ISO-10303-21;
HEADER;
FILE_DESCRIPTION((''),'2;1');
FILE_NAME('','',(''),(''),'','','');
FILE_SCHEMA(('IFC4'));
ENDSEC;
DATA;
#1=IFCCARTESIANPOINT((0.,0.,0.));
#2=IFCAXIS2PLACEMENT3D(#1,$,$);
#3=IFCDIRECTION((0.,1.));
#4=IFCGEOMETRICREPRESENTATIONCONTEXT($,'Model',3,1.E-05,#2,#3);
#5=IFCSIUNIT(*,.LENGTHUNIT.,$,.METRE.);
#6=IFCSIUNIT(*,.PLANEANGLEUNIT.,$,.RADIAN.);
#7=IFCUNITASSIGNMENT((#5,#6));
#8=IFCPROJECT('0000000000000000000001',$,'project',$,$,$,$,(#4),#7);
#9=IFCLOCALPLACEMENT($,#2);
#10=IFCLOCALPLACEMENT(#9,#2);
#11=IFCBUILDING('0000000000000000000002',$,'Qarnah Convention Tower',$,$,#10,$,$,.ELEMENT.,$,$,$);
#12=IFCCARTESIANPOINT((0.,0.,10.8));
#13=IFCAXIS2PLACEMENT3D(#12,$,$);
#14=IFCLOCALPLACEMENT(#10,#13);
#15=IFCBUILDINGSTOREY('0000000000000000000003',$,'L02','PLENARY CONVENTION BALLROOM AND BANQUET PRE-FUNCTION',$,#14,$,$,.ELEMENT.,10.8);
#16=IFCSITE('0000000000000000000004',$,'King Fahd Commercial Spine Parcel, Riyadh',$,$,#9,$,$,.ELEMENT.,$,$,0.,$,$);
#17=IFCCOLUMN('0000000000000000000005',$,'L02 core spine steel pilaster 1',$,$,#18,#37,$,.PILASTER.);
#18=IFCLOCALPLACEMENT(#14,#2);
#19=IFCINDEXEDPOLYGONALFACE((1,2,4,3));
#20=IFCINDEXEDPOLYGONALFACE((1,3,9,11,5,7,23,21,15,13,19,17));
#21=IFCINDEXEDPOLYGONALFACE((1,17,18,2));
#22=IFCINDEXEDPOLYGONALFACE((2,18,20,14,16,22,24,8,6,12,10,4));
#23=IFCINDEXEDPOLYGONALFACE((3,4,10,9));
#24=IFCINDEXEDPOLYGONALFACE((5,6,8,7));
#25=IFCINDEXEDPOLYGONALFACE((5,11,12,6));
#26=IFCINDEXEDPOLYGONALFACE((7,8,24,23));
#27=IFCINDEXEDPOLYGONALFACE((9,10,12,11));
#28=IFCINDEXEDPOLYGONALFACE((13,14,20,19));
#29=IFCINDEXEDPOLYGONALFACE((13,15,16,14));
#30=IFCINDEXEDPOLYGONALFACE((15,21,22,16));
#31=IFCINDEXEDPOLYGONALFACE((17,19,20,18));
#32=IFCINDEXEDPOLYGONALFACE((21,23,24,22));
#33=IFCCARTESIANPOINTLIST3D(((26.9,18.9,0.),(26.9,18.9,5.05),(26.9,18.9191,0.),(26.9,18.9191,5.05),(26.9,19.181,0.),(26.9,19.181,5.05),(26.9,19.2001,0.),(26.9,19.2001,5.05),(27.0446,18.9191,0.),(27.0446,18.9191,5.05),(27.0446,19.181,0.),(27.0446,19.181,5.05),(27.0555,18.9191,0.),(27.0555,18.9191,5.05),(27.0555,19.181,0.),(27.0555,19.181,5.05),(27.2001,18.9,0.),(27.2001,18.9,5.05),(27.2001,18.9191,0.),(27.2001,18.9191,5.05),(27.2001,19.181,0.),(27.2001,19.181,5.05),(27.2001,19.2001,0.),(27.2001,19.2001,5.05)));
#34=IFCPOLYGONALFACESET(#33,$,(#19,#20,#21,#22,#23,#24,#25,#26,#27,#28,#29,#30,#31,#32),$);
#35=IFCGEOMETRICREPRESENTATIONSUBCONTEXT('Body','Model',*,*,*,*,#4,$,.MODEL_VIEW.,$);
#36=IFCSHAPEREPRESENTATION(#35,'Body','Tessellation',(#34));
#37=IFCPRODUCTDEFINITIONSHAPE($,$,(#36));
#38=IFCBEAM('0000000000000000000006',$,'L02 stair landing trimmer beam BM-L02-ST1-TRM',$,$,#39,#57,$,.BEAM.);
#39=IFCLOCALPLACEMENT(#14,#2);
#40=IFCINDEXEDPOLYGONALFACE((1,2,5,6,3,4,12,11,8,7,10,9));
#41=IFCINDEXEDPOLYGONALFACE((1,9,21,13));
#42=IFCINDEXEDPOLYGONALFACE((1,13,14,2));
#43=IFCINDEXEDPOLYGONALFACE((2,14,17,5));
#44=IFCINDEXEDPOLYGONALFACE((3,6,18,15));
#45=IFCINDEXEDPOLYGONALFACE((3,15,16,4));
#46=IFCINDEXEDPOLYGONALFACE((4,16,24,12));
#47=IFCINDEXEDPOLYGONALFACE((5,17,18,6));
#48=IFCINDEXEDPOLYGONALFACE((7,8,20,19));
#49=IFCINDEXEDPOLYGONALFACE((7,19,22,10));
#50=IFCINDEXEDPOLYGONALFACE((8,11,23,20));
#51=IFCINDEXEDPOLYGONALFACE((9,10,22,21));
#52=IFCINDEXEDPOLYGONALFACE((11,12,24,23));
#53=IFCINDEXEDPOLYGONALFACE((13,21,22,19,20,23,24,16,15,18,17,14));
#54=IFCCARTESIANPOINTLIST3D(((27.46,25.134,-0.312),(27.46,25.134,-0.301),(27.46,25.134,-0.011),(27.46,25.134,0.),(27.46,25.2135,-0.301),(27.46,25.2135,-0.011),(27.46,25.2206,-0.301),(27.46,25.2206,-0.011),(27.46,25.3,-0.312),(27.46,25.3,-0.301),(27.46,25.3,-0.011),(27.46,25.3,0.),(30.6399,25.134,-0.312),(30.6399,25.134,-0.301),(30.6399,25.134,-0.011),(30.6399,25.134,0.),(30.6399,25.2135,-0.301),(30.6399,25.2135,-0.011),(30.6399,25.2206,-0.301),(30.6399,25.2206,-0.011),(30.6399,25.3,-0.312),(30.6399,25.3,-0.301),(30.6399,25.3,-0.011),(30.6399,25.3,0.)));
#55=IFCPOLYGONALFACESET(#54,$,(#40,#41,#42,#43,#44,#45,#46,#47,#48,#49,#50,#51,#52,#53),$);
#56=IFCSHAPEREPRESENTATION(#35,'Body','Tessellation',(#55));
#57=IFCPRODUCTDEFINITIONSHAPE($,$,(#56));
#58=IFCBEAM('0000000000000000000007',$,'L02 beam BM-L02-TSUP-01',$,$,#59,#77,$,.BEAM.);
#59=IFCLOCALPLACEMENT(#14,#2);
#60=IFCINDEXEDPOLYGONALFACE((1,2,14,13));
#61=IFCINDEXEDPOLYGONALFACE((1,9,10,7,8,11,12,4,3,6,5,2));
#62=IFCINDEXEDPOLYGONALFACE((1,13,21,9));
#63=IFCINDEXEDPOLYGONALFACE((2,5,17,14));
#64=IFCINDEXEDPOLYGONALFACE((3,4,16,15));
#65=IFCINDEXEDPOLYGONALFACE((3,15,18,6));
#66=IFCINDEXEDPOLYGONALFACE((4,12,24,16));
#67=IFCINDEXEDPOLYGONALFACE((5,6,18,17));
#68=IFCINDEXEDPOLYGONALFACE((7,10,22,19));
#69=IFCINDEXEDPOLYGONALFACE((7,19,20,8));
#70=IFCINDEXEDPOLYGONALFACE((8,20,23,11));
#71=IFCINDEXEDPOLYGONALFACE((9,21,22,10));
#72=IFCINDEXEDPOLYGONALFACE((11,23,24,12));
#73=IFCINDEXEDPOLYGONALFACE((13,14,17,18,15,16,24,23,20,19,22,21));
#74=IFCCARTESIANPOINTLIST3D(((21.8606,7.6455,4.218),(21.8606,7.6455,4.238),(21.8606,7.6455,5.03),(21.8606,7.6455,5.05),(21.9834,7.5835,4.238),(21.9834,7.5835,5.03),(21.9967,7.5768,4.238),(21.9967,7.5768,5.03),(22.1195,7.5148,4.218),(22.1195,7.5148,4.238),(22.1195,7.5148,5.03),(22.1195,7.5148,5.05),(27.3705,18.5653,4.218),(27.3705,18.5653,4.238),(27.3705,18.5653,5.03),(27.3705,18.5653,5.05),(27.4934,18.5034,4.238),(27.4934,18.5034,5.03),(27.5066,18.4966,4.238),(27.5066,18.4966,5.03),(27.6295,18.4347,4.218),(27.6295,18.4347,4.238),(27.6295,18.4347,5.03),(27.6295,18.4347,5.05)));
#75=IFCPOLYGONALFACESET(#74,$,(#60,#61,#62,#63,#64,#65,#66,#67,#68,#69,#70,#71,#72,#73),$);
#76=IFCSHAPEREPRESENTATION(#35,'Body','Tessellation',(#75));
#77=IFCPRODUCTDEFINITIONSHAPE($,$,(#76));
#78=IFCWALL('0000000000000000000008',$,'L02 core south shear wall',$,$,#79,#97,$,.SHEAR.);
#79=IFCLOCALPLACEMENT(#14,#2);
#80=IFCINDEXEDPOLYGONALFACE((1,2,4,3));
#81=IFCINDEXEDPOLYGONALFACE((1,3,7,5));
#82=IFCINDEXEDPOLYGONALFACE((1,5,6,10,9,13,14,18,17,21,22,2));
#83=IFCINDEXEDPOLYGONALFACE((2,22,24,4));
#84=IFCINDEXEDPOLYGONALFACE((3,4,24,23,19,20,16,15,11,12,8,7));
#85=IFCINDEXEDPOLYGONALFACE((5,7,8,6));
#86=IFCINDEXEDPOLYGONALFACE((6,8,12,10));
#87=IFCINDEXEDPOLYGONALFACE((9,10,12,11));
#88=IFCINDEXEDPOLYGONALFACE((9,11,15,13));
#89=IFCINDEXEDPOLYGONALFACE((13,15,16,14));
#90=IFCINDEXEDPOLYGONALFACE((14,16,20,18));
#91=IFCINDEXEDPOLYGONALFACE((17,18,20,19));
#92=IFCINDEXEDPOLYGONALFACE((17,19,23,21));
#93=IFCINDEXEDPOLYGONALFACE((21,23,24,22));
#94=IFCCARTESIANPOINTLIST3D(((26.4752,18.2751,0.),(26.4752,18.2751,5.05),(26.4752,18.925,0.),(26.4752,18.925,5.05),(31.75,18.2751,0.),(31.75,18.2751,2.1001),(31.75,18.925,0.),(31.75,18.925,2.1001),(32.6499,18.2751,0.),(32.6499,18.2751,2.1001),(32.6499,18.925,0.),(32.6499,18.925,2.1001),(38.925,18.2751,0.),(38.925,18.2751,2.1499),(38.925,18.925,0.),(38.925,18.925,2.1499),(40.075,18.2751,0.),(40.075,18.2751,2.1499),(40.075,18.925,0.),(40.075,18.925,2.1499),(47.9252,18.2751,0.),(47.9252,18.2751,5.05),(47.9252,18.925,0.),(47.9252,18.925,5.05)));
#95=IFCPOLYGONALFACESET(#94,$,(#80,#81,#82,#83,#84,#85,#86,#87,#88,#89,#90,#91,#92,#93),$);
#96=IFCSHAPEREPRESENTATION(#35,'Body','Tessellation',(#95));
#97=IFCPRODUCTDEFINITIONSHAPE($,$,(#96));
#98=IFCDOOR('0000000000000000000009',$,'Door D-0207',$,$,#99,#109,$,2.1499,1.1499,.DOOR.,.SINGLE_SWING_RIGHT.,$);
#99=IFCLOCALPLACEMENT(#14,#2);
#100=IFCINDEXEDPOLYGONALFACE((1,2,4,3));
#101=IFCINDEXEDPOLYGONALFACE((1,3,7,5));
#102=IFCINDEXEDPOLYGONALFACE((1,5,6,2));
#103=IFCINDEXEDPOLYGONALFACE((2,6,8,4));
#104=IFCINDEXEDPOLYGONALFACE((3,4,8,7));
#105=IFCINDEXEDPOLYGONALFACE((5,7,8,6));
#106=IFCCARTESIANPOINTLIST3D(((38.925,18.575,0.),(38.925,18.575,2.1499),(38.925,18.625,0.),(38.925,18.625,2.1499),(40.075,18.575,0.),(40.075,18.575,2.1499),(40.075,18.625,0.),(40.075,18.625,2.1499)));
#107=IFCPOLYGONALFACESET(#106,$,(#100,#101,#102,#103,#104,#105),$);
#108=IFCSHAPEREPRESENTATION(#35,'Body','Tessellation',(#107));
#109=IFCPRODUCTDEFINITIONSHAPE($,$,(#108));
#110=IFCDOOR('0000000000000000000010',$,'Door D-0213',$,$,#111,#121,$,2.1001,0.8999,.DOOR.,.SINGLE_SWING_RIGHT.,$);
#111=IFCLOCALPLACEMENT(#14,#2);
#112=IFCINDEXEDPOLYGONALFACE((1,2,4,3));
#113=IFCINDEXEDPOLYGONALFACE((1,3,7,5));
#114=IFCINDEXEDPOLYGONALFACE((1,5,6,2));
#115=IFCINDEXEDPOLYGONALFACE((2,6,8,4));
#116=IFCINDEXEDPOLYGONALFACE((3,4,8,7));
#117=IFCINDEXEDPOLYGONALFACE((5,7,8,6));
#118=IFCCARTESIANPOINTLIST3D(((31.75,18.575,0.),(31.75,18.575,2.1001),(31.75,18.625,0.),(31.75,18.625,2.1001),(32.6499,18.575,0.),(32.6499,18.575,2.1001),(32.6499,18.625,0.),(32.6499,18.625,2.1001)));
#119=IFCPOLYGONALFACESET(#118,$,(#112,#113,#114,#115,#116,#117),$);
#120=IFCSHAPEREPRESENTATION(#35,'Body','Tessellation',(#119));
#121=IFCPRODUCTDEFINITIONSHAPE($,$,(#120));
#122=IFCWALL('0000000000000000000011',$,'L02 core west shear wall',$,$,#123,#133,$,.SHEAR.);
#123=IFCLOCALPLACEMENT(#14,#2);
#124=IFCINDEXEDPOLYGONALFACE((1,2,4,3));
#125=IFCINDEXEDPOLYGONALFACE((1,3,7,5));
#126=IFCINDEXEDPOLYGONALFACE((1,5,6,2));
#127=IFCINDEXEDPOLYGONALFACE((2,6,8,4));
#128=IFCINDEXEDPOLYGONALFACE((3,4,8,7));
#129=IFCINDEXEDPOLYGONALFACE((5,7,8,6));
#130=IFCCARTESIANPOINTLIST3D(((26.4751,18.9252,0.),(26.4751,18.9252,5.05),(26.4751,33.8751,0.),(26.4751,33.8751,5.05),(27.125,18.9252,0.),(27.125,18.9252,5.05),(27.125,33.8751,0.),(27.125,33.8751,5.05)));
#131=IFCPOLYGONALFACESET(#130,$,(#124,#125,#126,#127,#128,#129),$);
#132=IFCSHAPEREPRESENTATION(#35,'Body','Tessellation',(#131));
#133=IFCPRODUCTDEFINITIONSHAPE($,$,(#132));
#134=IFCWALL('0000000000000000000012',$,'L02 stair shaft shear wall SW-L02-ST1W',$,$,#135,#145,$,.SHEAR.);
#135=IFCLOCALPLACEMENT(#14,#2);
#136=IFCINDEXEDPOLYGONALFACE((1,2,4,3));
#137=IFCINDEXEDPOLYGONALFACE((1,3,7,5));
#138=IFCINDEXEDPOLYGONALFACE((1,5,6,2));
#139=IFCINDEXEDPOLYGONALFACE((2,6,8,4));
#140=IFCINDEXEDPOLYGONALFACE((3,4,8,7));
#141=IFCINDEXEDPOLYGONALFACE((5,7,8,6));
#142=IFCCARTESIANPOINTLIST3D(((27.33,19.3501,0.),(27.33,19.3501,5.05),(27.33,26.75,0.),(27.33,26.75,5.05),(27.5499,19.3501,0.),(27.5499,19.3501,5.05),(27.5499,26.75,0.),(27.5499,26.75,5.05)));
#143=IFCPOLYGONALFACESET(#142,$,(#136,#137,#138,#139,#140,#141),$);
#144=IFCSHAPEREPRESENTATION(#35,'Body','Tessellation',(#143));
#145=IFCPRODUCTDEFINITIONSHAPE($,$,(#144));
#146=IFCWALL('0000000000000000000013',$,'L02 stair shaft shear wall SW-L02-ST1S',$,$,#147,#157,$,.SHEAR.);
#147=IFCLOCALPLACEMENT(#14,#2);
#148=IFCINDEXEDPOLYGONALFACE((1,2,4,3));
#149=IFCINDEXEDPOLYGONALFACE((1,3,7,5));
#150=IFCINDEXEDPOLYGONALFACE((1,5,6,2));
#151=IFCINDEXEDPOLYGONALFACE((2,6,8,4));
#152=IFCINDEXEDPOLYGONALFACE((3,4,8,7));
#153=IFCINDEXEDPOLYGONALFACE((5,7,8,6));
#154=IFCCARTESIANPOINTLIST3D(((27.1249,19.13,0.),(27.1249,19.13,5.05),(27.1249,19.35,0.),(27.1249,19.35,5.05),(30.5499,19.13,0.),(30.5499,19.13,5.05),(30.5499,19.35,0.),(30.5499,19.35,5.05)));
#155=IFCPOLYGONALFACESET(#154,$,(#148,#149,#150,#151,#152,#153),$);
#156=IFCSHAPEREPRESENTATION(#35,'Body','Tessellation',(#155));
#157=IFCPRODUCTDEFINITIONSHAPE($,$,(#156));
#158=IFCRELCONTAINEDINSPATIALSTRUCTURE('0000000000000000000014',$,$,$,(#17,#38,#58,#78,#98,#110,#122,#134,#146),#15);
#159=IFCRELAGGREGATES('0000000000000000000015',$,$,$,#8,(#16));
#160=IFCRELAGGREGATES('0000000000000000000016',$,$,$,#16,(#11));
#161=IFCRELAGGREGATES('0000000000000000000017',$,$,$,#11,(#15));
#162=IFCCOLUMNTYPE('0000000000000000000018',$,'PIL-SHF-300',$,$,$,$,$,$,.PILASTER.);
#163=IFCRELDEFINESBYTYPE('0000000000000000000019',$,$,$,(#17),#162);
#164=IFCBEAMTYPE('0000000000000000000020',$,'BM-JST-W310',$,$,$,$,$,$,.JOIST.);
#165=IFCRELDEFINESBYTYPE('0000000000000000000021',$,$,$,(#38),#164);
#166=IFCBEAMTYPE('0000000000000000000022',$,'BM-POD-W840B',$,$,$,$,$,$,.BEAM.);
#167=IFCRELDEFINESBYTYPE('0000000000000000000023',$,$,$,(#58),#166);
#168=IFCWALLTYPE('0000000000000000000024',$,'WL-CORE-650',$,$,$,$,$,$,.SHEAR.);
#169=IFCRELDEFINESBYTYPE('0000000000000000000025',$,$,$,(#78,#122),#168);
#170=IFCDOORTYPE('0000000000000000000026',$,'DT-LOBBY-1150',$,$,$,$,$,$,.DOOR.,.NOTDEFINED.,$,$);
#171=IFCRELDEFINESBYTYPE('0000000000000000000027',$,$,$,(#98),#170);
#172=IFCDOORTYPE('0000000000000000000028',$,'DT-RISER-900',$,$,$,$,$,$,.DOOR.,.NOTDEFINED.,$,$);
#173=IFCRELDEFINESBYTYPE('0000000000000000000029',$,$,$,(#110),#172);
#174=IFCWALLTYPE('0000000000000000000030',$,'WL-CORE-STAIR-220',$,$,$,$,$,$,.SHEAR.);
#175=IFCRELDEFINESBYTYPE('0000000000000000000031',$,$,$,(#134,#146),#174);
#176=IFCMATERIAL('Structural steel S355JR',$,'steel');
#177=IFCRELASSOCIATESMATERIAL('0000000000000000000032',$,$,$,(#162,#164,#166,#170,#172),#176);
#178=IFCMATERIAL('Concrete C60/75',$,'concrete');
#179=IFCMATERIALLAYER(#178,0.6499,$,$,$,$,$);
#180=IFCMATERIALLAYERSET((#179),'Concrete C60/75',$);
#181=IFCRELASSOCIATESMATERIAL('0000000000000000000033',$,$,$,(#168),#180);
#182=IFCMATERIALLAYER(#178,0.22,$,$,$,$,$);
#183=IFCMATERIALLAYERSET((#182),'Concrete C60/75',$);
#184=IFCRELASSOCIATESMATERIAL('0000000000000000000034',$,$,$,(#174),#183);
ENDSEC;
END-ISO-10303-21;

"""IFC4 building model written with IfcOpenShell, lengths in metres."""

from ifc_helpers import new_model, si_unit, direction, frame, frame_2d, origin, origin_2d, place, context, subcontext, project, spatial, rectangle, i_section, extrude, material, layer, layer_set, material_profile, profile_set, type_object, element, fill, save


model = new_model("IFC4")

# Units and contexts
model_context = context("Model", 3, precision=1e-05, world=origin(), true_north=direction((0.0, 1.0)))
body_context = subcontext(model_context, "Body", "Model", "MODEL_VIEW")
ifc_project = project(units=[si_unit("LENGTHUNIT", "METRE"), si_unit("PLANEANGLEUNIT", "RADIAN")], contexts=[model_context])

# Site, building, storey
site_placement = place(None, origin())
site = spatial("IfcSite", under=ifc_project, at=site_placement, Name="King Fahd Commercial Spine Parcel, Riyadh", CompositionType="ELEMENT", RefElevation=0.0)
building_placement = place(site_placement, origin())
building = spatial("IfcBuilding", under=site, at=building_placement, Name="Qarnah Convention Tower", CompositionType="ELEMENT")
storey_placement = place(building_placement, frame((0.0, 0.0, 10.8)))
storey = spatial("IfcBuildingStorey", under=building, at=storey_placement, Name="L02", Description="PLENARY CONVENTION BALLROOM AND BANQUET PRE-FUNCTION", CompositionType="ELEMENT", Elevation=10.8)

# Column
ifc_material_1 = material(Name="Structural steel S355JR", Category="steel")
ifc_material_profile_1 = material_profile(ifc_material_1, i_section(OverallWidth=0.3, OverallDepth=0.3, WebThickness=0.011, FlangeThickness=0.019, at=origin_2d()), Name="HEB300")
ifc_profile_set_1 = profile_set([ifc_material_profile_1], Name="Structural steel S355JR")
column_type = type_object("IfcColumnType", Name="PIL-SHF-300", PredefinedType="PILASTER", material=ifc_profile_set_1)
column_placement = place(storey_placement, frame((27.05, 19.05, 0.0), z_axis=(0.0, 0.0, 1.0), x_axis=(1.0, 0.0, 0.0)))
element("IfcColumn", 1, at=column_placement, inside=storey, type_object=column_type, Name="L02 core spine steel pilaster 1", PredefinedType="PILASTER", context=body_context, shape_type="SweptSolid", body=[
    extrude(i_section(OverallWidth=0.3, OverallDepth=0.3, WebThickness=0.011, FlangeThickness=0.019, at=origin_2d()), origin(), (0.0, 0.0, 1.0), 5.05),
])

# Beams
ifc_material_profile_2 = material_profile(ifc_material_1, i_section(OverallWidth=0.166, OverallDepth=0.312, WebThickness=0.0071, FlangeThickness=0.011, at=origin_2d()), Name="W310X45")
ifc_profile_set_2 = profile_set([ifc_material_profile_2], Name="Structural steel S355JR")
beam_type_1 = type_object("IfcBeamType", Name="BM-JST-W310", PredefinedType="JOIST", material=ifc_profile_set_2)
beam_1_placement = place(storey_placement, frame((27.46, 25.217, -0.156), z_axis=(1.0, 0.0, 0.0), x_axis=(0.0, 1.0, 0.0)))
element("IfcBeam", 2, at=beam_1_placement, inside=storey, type_object=beam_type_1, Name="L02 stair landing trimmer beam BM-L02-ST1-TRM", PredefinedType="BEAM", context=body_context, shape_type="SweptSolid", body=[
    extrude(i_section(OverallWidth=0.166, OverallDepth=0.312, WebThickness=0.0071, FlangeThickness=0.011, at=origin_2d()), origin(), (0.0, 0.0, 1.0), 3.1799),
])
ifc_material_profile_3 = material_profile(ifc_material_1, i_section(OverallWidth=0.29, OverallDepth=0.832, WebThickness=0.0149, FlangeThickness=0.02, at=origin_2d()), Name="W840X193")
ifc_profile_set_3 = profile_set([ifc_material_profile_3], Name="Structural steel S355JR")
beam_type_2 = type_object("IfcBeamType", Name="BM-POD-W840B", PredefinedType="BEAM", material=ifc_profile_set_3)
beam_2_placement = place(storey_placement, frame((27.5, 18.5, 4.634), z_axis=(-0.450484, -0.892784, 0.0), x_axis=(0.892784, -0.450484, 0.0)))
element("IfcBeam", 3, at=beam_2_placement, inside=storey, type_object=beam_type_2, Name="L02 beam BM-L02-TSUP-01", PredefinedType="BEAM", context=body_context, shape_type="SweptSolid", body=[
    extrude(i_section(OverallWidth=0.29, OverallDepth=0.832, WebThickness=0.0149, FlangeThickness=0.02, at=origin_2d()), origin(), (0.0, 0.0, 1.0), 12.2312),
])

# Wall, openings, doors
ifc_material_2 = material(Name="Concrete C60/75", Category="concrete")
ifc_layer_1 = layer(ifc_material_2, 0.6499)
ifc_layer_set_1 = layer_set([ifc_layer_1], Name="Concrete C60/75")
wall_type_1 = type_object("IfcWallType", Name="WL-CORE-650", PredefinedType="SHEAR", material=ifc_layer_set_1)
wall_1_placement = place(storey_placement, frame((26.4751, 18.6001, 0.0), z_axis=(0.0, 0.0, 1.0), x_axis=(1.0, 0.0, 0.0)))
wall_1 = element("IfcWall", 4, at=wall_1_placement, inside=storey, type_object=wall_type_1, Name="L02 core south shear wall", PredefinedType="SHEAR", context=body_context, shape_type="SweptSolid", body=[
    extrude(rectangle(XDim=21.45, YDim=0.6499, at=frame_2d((10.7251, 0.0))), origin(), (0.0, 0.0, 1.0), 5.05),
])
opening_1_placement = place(wall_1_placement, frame((12.45, 0.0, 0.0)))
opening_1 = element("IfcOpeningElement", 5, at=opening_1_placement, cuts=wall_1, PredefinedType="OPENING", context=body_context, shape_type="SweptSolid", body=[
    extrude(rectangle(XDim=1.1499, YDim=2.1499, at=frame_2d((0.575, 1.075))), frame((0.0, 0.335, 0.0), z_axis=(0.0, -1.0, 0.0), x_axis=(1.0, 0.0, 0.0)), (0.0, 0.0, 1.0), 0.6699),
])
opening_2_placement = place(wall_1_placement, frame((5.2749, 0.0, 0.0)))
opening_2 = element("IfcOpeningElement", 6, at=opening_2_placement, cuts=wall_1, PredefinedType="OPENING", context=body_context, shape_type="SweptSolid", body=[
    extrude(rectangle(XDim=0.8999, YDim=2.1001, at=frame_2d((0.45, 1.05))), frame((0.0, 0.335, 0.0), z_axis=(0.0, -1.0, 0.0), x_axis=(1.0, 0.0, 0.0)), (0.0, 0.0, 1.0), 0.6699),
])
door_type_1 = type_object("IfcDoorType", Name="DT-LOBBY-1150", OperationType="NOTDEFINED", PredefinedType="DOOR", material=ifc_material_1)
door_1_placement = place(opening_1_placement, origin())
door_1 = element("IfcDoor", 7, at=door_1_placement, inside=storey, type_object=door_type_1, Name="Door D-0207", OperationType="SINGLE_SWING_RIGHT", OverallHeight=2.1499, OverallWidth=1.1499, PredefinedType="DOOR", context=body_context, shape_type="SweptSolid", body=[
    extrude(rectangle(XDim=1.1499, YDim=2.1499, at=frame_2d((0.575, 1.075))), frame((0.0, 0.0249, 0.0), z_axis=(0.0, -1.0, 0.0), x_axis=(1.0, 0.0, 0.0)), (0.0, 0.0, 1.0), 0.05),
])
fill(opening_1, door_1)
door_type_2 = type_object("IfcDoorType", Name="DT-RISER-900", OperationType="NOTDEFINED", PredefinedType="DOOR", material=ifc_material_1)
door_2_placement = place(opening_2_placement, origin())
door_2 = element("IfcDoor", 8, at=door_2_placement, inside=storey, type_object=door_type_2, Name="Door D-0213", OperationType="SINGLE_SWING_RIGHT", OverallHeight=2.1001, OverallWidth=0.8999, PredefinedType="DOOR", context=body_context, shape_type="SweptSolid", body=[
    extrude(rectangle(XDim=0.8999, YDim=2.1001, at=frame_2d((0.45, 1.05))), frame((0.0, 0.0249, 0.0), z_axis=(0.0, -1.0, 0.0), x_axis=(1.0, 0.0, 0.0)), (0.0, 0.0, 1.0), 0.05),
])
fill(opening_2, door_2)

# Walls
wall_2_placement = place(storey_placement, frame((26.8, 18.925, 0.0), z_axis=(0.0, 0.0, 1.0), x_axis=(0.0, 1.0, 0.0)))
element("IfcWall", 9, at=wall_2_placement, inside=storey, type_object=wall_type_1, Name="L02 core west shear wall", PredefinedType="SHEAR", context=body_context, shape_type="SweptSolid", body=[
    extrude(rectangle(XDim=14.95, YDim=0.6499, at=frame_2d((7.4751, 0.0))), origin(), (0.0, 0.0, 1.0), 5.05),
])
ifc_layer_2 = layer(ifc_material_2, 0.22)
ifc_layer_set_2 = layer_set([ifc_layer_2], Name="Concrete C60/75")
wall_type_2 = type_object("IfcWallType", Name="WL-CORE-STAIR-220", PredefinedType="SHEAR", material=ifc_layer_set_2)
wall_3_placement = place(storey_placement, frame((27.4399, 19.3501, 0.0), z_axis=(0.0, 0.0, 1.0), x_axis=(0.0, 1.0, 0.0)))
element("IfcWall", 10, at=wall_3_placement, inside=storey, type_object=wall_type_2, Name="L02 stair shaft shear wall SW-L02-ST1W", PredefinedType="SHEAR", context=body_context, shape_type="SweptSolid", body=[
    extrude(rectangle(XDim=7.3999, YDim=0.22, at=frame_2d((3.7, 0.0))), origin(), (0.0, 0.0, 1.0), 5.05),
])
wall_4_placement = place(storey_placement, frame((27.125, 19.24, 0.0), z_axis=(0.0, 0.0, 1.0), x_axis=(1.0, 0.0, 0.0)))
element("IfcWall", 11, at=wall_4_placement, inside=storey, type_object=wall_type_2, Name="L02 stair shaft shear wall SW-L02-ST1S", PredefinedType="SHEAR", context=body_context, shape_type="SweptSolid", body=[
    extrude(rectangle(XDim=3.425, YDim=0.22, at=frame_2d((1.7124, 0.0))), origin(), (0.0, 0.0, 1.0), 5.05),
])

save(model, "model.ifc")
